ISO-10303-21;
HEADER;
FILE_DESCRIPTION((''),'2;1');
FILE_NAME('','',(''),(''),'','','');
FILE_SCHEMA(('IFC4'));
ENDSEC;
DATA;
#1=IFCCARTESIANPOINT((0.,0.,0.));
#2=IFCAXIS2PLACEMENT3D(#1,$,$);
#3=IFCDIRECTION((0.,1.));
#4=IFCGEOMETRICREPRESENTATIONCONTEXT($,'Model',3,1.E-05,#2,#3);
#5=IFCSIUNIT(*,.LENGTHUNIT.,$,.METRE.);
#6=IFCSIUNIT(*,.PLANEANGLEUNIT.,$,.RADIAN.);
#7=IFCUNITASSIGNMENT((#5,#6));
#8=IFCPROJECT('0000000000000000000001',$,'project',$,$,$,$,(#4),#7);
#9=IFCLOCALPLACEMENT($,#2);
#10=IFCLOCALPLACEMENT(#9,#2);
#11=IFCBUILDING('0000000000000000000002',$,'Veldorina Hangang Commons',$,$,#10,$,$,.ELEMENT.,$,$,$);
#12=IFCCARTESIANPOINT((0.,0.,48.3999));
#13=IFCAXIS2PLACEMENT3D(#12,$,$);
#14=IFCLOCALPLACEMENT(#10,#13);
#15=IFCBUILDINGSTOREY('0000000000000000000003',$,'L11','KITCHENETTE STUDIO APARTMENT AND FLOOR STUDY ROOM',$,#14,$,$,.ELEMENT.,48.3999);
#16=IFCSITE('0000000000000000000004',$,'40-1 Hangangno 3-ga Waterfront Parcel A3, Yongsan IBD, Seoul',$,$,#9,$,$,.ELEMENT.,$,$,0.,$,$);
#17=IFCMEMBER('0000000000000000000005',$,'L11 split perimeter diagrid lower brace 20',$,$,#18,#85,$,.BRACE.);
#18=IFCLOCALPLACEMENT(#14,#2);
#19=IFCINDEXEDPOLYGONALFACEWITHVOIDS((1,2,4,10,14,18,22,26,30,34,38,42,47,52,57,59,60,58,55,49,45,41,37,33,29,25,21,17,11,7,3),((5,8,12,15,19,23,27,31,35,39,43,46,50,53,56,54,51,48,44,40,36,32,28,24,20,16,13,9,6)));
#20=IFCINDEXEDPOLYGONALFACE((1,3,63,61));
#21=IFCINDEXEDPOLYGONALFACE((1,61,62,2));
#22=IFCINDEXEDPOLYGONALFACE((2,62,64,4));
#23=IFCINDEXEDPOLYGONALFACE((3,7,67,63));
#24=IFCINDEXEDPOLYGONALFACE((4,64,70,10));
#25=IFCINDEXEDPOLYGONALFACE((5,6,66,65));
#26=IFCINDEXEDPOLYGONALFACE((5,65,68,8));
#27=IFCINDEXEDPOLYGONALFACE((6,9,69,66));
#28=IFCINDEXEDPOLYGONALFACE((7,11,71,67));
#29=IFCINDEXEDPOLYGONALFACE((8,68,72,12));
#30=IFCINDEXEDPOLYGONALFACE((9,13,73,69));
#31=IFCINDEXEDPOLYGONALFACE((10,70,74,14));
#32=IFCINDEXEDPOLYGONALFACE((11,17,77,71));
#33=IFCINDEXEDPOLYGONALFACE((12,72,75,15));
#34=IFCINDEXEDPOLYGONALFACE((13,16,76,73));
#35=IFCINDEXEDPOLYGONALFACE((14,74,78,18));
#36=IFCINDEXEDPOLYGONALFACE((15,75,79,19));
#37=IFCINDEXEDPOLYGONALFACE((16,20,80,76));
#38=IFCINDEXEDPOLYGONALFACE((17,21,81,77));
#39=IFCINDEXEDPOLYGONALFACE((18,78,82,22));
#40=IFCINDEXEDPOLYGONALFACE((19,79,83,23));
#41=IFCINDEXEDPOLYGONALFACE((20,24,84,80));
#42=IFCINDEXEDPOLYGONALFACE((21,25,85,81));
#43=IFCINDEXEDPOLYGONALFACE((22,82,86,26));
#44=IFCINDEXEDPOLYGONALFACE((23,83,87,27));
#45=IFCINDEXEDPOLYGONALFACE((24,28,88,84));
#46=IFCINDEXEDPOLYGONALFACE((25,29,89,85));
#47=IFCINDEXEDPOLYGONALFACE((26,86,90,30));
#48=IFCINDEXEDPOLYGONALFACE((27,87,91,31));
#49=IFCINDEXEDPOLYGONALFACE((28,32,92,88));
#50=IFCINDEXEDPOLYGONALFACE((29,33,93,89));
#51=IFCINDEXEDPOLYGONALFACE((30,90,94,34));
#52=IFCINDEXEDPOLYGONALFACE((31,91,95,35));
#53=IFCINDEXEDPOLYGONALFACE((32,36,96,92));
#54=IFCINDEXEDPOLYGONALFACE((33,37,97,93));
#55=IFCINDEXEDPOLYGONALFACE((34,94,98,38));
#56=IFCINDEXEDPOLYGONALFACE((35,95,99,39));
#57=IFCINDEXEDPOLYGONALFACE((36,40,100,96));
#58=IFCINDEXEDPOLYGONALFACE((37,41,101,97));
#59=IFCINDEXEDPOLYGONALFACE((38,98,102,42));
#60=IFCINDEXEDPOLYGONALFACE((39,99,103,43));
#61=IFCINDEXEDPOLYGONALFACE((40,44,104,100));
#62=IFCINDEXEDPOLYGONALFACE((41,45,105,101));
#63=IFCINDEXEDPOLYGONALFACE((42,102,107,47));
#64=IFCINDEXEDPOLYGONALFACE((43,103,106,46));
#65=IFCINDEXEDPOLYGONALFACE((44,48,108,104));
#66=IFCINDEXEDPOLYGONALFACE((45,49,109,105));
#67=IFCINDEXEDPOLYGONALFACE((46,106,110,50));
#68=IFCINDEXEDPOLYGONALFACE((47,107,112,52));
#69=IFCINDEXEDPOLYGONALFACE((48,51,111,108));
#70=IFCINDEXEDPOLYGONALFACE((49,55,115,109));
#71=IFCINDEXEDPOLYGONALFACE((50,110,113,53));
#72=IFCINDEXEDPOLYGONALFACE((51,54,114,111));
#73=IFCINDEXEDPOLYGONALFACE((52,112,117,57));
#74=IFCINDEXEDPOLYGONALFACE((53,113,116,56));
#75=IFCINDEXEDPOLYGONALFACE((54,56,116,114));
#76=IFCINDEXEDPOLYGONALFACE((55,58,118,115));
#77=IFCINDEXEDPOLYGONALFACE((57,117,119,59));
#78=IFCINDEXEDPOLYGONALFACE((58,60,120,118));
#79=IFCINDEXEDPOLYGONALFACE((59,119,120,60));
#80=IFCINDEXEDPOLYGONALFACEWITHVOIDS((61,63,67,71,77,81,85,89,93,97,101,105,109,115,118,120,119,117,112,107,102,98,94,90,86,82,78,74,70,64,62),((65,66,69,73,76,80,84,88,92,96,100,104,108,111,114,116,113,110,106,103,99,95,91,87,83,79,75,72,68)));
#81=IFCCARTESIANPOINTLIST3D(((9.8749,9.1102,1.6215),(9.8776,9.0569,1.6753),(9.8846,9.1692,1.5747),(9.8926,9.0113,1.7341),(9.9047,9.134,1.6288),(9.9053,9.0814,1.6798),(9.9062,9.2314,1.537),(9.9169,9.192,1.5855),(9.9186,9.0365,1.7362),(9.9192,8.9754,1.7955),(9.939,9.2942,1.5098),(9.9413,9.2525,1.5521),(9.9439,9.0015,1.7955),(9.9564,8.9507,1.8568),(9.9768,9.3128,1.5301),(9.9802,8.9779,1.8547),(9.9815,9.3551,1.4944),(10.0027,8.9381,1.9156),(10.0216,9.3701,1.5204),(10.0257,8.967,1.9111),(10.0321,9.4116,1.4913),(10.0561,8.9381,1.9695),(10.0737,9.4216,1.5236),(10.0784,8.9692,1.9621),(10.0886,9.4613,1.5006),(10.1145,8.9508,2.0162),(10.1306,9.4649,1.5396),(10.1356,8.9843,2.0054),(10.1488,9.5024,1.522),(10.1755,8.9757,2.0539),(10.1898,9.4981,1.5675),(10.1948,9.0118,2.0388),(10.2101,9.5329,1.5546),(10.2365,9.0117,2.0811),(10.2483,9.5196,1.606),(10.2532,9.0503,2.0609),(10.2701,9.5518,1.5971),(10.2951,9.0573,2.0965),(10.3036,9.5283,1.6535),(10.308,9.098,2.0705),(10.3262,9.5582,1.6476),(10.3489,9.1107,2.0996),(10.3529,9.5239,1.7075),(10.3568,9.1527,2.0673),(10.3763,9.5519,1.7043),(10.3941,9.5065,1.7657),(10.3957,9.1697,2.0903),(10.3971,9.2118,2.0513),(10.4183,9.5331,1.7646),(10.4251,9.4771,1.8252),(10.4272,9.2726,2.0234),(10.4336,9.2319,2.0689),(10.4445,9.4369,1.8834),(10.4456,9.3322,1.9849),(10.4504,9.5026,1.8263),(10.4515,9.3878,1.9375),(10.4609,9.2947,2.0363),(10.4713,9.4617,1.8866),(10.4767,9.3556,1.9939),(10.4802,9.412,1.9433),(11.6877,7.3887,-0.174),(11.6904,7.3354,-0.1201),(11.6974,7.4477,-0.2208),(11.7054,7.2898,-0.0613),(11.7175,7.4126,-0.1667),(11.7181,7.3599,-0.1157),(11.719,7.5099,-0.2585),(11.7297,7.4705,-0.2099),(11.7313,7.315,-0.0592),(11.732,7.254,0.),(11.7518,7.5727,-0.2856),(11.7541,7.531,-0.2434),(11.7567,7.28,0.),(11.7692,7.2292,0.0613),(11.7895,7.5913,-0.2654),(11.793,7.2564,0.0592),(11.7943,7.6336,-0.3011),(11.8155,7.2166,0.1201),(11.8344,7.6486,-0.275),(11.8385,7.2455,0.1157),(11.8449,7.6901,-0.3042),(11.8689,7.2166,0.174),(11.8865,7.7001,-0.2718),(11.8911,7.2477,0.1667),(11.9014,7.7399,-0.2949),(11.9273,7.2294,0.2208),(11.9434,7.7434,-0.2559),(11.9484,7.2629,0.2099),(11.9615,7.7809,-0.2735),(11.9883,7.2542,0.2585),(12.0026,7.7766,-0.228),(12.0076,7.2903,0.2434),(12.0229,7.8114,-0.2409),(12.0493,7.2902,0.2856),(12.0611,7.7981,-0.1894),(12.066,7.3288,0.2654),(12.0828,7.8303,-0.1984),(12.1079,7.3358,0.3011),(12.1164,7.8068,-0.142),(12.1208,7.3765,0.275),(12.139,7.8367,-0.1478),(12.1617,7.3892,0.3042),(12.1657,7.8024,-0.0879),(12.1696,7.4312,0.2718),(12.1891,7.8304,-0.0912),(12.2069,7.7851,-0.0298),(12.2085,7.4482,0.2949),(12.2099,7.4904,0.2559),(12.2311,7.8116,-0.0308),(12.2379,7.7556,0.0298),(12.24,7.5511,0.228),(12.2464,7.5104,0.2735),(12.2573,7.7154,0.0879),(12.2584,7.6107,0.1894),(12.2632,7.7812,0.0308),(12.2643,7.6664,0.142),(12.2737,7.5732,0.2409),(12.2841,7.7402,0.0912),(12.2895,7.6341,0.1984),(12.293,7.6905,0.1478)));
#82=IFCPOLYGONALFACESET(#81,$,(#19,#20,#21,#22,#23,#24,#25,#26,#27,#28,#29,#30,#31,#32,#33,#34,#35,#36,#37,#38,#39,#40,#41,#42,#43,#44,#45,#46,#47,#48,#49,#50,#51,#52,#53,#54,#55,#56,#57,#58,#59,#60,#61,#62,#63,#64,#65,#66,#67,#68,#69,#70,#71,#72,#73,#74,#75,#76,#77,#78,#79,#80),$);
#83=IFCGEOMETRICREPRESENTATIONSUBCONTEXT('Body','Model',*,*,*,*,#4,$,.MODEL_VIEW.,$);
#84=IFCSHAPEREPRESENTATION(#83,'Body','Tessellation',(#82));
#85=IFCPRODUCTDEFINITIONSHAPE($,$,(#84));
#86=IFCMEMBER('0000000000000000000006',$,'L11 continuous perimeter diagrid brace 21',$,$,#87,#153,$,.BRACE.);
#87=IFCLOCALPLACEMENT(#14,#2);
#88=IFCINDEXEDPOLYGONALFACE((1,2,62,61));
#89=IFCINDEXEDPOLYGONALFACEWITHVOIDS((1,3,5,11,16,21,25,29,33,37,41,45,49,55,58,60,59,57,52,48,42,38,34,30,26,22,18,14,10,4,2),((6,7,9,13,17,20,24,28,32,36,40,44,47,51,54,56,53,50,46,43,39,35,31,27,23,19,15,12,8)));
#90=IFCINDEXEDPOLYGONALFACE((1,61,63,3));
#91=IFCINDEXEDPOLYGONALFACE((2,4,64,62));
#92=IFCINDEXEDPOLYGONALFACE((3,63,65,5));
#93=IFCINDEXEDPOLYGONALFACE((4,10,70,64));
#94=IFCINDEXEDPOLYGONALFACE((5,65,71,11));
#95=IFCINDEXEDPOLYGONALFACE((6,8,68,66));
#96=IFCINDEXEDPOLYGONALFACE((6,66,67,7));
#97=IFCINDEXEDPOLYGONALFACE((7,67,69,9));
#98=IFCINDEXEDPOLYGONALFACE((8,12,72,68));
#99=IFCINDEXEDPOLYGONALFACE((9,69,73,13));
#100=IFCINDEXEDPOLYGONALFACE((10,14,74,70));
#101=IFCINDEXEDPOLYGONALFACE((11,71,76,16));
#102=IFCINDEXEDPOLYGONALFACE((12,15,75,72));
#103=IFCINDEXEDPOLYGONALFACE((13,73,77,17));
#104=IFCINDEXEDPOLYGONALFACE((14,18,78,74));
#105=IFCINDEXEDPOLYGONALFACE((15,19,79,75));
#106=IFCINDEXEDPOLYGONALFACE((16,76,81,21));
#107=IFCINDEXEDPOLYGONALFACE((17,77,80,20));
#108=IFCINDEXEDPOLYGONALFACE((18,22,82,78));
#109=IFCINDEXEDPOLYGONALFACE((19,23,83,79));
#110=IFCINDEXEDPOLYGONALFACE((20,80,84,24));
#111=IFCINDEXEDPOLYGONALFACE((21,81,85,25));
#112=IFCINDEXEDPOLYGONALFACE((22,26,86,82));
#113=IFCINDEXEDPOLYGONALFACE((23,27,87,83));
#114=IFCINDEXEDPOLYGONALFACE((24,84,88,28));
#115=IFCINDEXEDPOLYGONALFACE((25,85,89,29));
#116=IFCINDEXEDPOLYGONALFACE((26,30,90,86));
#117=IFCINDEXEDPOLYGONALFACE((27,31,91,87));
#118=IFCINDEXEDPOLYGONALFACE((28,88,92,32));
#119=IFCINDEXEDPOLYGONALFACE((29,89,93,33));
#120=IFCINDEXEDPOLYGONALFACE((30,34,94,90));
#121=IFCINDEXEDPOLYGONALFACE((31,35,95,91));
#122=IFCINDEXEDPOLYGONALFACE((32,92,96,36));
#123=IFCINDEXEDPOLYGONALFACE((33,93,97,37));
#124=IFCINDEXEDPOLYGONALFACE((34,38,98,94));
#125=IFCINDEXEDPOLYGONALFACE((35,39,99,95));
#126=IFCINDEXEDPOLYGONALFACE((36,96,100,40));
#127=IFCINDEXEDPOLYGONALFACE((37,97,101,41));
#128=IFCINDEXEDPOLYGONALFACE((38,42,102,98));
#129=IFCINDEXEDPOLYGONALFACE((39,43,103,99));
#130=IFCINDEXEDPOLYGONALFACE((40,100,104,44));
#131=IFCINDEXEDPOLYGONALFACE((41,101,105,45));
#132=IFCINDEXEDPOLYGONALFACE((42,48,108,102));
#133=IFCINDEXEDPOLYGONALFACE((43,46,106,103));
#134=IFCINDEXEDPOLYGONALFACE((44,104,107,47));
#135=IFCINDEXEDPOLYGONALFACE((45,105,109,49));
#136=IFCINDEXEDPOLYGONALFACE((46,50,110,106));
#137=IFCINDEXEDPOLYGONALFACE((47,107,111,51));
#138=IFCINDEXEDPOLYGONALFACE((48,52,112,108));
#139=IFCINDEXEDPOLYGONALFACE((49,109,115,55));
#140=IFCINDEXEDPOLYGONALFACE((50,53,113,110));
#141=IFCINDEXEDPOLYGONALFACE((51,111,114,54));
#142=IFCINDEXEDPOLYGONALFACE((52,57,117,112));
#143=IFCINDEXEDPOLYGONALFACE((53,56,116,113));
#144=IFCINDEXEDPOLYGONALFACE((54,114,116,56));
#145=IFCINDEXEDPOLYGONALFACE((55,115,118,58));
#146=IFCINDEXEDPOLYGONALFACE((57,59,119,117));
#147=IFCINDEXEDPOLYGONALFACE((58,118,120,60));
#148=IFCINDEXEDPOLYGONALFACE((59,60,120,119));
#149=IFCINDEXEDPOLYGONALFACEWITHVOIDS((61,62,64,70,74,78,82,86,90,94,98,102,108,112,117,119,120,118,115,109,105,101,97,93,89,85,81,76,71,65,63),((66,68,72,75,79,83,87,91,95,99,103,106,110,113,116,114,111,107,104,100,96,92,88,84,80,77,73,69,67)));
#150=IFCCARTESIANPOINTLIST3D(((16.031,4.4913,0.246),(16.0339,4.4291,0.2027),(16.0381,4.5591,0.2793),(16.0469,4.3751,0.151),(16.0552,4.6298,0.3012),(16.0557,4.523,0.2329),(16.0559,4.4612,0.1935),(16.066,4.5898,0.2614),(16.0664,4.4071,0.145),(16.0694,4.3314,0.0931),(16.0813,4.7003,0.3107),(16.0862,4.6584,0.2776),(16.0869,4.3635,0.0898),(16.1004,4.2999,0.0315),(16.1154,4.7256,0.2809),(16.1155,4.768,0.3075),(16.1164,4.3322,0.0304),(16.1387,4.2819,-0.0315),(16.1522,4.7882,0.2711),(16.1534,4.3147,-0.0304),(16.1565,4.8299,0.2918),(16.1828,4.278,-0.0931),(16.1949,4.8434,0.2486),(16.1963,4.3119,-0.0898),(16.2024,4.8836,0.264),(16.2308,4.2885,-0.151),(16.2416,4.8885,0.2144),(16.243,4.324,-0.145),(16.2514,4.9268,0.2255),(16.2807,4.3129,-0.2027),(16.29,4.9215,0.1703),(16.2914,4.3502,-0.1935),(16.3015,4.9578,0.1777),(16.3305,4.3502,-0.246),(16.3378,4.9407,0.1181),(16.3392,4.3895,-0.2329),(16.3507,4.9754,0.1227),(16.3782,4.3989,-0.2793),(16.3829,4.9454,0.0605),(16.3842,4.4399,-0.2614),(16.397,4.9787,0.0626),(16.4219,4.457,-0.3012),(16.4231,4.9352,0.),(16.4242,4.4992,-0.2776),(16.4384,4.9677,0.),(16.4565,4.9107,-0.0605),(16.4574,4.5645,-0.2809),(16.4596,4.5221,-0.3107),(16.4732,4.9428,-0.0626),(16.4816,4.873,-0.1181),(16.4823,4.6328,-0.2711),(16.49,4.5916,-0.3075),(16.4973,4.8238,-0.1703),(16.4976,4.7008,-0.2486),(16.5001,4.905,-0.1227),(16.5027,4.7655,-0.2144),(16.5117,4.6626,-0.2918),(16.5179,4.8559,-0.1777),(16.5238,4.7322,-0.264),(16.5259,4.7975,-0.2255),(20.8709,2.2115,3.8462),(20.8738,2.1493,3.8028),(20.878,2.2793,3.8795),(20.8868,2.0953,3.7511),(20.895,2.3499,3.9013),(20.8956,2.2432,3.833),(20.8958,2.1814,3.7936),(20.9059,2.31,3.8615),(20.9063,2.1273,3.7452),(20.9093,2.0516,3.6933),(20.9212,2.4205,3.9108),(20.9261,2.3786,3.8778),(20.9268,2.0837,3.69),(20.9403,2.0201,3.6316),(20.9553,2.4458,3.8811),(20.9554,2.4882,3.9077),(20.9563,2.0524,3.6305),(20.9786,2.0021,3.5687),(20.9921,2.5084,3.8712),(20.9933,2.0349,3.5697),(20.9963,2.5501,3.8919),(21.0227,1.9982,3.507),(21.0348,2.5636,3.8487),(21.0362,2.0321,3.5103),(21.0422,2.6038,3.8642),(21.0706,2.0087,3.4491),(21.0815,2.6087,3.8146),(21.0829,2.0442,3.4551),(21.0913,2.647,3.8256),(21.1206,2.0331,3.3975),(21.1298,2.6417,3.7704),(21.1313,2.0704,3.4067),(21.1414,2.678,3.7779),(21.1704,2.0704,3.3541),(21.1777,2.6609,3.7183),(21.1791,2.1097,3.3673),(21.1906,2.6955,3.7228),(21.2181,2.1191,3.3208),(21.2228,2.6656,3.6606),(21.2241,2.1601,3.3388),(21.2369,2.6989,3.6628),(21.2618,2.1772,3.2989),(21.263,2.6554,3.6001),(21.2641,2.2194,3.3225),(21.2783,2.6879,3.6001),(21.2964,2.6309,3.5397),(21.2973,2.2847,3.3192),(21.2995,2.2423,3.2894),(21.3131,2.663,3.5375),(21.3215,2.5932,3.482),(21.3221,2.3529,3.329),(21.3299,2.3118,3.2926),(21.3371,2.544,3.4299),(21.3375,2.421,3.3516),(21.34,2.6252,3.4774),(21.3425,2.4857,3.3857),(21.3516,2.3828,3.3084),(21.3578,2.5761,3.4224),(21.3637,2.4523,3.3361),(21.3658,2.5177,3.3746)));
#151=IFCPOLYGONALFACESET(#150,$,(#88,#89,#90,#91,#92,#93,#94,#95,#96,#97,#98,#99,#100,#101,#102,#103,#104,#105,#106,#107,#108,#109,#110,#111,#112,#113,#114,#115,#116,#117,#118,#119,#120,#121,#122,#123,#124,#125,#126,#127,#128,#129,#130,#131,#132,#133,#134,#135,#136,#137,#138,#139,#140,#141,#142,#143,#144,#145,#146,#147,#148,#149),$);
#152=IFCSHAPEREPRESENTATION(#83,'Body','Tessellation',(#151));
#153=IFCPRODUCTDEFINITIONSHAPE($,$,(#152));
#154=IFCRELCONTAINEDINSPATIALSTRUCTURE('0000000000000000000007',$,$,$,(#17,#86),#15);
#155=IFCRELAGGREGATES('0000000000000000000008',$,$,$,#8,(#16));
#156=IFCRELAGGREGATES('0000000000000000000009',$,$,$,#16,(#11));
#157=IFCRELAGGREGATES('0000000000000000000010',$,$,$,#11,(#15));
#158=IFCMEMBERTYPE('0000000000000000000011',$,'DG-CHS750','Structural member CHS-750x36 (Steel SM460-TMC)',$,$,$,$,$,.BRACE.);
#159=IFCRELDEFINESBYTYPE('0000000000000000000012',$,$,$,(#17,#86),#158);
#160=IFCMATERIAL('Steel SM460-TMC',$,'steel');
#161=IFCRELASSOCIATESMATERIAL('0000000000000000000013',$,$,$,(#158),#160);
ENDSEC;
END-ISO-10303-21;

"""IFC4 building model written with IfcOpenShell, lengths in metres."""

from ifc_helpers import new_model, si_unit, direction, frame, origin, origin_2d, place, context, subcontext, project, spatial, hollow_circle, extrude, material, material_profile, profile_set, type_object, element, save


model = new_model("IFC4")

# Units and contexts
model_context = context("Model", 3, precision=1e-05, world=origin(), true_north=direction((0.0, 1.0)))
body_context = subcontext(model_context, "Body", "Model", "MODEL_VIEW")
ifc_project = project(units=[si_unit("LENGTHUNIT", "METRE"), si_unit("PLANEANGLEUNIT", "RADIAN")], contexts=[model_context])

# Site, building, storey
site_placement = place(None, origin())
site = spatial("IfcSite", under=ifc_project, at=site_placement, Name="40-1 Hangangno 3-ga Waterfront Parcel A3, Yongsan IBD, Seoul", CompositionType="ELEMENT", RefElevation=0.0)
building_placement = place(site_placement, origin())
building = spatial("IfcBuilding", under=site, at=building_placement, Name="Veldorina Hangang Commons", CompositionType="ELEMENT")
storey_placement = place(building_placement, frame((0.0, 0.0, 48.3999)))
storey = spatial("IfcBuildingStorey", under=building, at=storey_placement, Name="L11", Description="KITCHENETTE STUDIO APARTMENT AND FLOOR STUDY ROOM", CompositionType="ELEMENT", Elevation=48.3999)

# Members
ifc_material_1 = material(Name="Steel SM460-TMC", Category="steel")
ifc_material_profile_1 = material_profile(ifc_material_1, hollow_circle(Radius=0.375, WallThickness=0.0359, at=origin_2d()), Name="CHS-750x36")
ifc_profile_set_1 = profile_set([ifc_material_profile_1], Name="Steel SM460-TMC")
member_type_1 = type_object("IfcMemberType", Name="DG-CHS750", Description="Structural member CHS-750x36 (Steel SM460-TMC)", PredefinedType="BRACE", material=ifc_profile_set_1)
member_1_placement = place(storey_placement, frame((11.9902, 7.5259, 0.0), z_axis=(-0.588973, 0.559306, 0.583341), x_axis=(-0.688608, -0.725134, 0.0)))
element("IfcMember", 1, at=member_1_placement, inside=storey, type_object=member_type_1, Name="L11 split perimeter diagrid lower brace 20", PredefinedType="BRACE", context=body_context, shape_type="SweptSolid", body=[
    extrude(hollow_circle(Radius=0.375, WallThickness=0.0359, at=origin_2d()), origin(), (0.0, 0.0, 1.0), 3.0779),
])
member_2_placement = place(storey_placement, frame((16.2786, 4.6284, 0.0), z_axis=(0.750546, -0.353541, 0.558291), x_axis=(0.426135, 0.904659, 0.0)))
element("IfcMember", 2, at=member_2_placement, inside=storey, type_object=member_type_1, Name="L11 continuous perimeter diagrid brace 21", PredefinedType="BRACE", context=body_context, shape_type="SweptSolid", body=[
    extrude(hollow_circle(Radius=0.375, WallThickness=0.0359, at=origin_2d()), origin(), (0.0, 0.0, 1.0), 6.4485),
])

save(model, "model.ifc")
